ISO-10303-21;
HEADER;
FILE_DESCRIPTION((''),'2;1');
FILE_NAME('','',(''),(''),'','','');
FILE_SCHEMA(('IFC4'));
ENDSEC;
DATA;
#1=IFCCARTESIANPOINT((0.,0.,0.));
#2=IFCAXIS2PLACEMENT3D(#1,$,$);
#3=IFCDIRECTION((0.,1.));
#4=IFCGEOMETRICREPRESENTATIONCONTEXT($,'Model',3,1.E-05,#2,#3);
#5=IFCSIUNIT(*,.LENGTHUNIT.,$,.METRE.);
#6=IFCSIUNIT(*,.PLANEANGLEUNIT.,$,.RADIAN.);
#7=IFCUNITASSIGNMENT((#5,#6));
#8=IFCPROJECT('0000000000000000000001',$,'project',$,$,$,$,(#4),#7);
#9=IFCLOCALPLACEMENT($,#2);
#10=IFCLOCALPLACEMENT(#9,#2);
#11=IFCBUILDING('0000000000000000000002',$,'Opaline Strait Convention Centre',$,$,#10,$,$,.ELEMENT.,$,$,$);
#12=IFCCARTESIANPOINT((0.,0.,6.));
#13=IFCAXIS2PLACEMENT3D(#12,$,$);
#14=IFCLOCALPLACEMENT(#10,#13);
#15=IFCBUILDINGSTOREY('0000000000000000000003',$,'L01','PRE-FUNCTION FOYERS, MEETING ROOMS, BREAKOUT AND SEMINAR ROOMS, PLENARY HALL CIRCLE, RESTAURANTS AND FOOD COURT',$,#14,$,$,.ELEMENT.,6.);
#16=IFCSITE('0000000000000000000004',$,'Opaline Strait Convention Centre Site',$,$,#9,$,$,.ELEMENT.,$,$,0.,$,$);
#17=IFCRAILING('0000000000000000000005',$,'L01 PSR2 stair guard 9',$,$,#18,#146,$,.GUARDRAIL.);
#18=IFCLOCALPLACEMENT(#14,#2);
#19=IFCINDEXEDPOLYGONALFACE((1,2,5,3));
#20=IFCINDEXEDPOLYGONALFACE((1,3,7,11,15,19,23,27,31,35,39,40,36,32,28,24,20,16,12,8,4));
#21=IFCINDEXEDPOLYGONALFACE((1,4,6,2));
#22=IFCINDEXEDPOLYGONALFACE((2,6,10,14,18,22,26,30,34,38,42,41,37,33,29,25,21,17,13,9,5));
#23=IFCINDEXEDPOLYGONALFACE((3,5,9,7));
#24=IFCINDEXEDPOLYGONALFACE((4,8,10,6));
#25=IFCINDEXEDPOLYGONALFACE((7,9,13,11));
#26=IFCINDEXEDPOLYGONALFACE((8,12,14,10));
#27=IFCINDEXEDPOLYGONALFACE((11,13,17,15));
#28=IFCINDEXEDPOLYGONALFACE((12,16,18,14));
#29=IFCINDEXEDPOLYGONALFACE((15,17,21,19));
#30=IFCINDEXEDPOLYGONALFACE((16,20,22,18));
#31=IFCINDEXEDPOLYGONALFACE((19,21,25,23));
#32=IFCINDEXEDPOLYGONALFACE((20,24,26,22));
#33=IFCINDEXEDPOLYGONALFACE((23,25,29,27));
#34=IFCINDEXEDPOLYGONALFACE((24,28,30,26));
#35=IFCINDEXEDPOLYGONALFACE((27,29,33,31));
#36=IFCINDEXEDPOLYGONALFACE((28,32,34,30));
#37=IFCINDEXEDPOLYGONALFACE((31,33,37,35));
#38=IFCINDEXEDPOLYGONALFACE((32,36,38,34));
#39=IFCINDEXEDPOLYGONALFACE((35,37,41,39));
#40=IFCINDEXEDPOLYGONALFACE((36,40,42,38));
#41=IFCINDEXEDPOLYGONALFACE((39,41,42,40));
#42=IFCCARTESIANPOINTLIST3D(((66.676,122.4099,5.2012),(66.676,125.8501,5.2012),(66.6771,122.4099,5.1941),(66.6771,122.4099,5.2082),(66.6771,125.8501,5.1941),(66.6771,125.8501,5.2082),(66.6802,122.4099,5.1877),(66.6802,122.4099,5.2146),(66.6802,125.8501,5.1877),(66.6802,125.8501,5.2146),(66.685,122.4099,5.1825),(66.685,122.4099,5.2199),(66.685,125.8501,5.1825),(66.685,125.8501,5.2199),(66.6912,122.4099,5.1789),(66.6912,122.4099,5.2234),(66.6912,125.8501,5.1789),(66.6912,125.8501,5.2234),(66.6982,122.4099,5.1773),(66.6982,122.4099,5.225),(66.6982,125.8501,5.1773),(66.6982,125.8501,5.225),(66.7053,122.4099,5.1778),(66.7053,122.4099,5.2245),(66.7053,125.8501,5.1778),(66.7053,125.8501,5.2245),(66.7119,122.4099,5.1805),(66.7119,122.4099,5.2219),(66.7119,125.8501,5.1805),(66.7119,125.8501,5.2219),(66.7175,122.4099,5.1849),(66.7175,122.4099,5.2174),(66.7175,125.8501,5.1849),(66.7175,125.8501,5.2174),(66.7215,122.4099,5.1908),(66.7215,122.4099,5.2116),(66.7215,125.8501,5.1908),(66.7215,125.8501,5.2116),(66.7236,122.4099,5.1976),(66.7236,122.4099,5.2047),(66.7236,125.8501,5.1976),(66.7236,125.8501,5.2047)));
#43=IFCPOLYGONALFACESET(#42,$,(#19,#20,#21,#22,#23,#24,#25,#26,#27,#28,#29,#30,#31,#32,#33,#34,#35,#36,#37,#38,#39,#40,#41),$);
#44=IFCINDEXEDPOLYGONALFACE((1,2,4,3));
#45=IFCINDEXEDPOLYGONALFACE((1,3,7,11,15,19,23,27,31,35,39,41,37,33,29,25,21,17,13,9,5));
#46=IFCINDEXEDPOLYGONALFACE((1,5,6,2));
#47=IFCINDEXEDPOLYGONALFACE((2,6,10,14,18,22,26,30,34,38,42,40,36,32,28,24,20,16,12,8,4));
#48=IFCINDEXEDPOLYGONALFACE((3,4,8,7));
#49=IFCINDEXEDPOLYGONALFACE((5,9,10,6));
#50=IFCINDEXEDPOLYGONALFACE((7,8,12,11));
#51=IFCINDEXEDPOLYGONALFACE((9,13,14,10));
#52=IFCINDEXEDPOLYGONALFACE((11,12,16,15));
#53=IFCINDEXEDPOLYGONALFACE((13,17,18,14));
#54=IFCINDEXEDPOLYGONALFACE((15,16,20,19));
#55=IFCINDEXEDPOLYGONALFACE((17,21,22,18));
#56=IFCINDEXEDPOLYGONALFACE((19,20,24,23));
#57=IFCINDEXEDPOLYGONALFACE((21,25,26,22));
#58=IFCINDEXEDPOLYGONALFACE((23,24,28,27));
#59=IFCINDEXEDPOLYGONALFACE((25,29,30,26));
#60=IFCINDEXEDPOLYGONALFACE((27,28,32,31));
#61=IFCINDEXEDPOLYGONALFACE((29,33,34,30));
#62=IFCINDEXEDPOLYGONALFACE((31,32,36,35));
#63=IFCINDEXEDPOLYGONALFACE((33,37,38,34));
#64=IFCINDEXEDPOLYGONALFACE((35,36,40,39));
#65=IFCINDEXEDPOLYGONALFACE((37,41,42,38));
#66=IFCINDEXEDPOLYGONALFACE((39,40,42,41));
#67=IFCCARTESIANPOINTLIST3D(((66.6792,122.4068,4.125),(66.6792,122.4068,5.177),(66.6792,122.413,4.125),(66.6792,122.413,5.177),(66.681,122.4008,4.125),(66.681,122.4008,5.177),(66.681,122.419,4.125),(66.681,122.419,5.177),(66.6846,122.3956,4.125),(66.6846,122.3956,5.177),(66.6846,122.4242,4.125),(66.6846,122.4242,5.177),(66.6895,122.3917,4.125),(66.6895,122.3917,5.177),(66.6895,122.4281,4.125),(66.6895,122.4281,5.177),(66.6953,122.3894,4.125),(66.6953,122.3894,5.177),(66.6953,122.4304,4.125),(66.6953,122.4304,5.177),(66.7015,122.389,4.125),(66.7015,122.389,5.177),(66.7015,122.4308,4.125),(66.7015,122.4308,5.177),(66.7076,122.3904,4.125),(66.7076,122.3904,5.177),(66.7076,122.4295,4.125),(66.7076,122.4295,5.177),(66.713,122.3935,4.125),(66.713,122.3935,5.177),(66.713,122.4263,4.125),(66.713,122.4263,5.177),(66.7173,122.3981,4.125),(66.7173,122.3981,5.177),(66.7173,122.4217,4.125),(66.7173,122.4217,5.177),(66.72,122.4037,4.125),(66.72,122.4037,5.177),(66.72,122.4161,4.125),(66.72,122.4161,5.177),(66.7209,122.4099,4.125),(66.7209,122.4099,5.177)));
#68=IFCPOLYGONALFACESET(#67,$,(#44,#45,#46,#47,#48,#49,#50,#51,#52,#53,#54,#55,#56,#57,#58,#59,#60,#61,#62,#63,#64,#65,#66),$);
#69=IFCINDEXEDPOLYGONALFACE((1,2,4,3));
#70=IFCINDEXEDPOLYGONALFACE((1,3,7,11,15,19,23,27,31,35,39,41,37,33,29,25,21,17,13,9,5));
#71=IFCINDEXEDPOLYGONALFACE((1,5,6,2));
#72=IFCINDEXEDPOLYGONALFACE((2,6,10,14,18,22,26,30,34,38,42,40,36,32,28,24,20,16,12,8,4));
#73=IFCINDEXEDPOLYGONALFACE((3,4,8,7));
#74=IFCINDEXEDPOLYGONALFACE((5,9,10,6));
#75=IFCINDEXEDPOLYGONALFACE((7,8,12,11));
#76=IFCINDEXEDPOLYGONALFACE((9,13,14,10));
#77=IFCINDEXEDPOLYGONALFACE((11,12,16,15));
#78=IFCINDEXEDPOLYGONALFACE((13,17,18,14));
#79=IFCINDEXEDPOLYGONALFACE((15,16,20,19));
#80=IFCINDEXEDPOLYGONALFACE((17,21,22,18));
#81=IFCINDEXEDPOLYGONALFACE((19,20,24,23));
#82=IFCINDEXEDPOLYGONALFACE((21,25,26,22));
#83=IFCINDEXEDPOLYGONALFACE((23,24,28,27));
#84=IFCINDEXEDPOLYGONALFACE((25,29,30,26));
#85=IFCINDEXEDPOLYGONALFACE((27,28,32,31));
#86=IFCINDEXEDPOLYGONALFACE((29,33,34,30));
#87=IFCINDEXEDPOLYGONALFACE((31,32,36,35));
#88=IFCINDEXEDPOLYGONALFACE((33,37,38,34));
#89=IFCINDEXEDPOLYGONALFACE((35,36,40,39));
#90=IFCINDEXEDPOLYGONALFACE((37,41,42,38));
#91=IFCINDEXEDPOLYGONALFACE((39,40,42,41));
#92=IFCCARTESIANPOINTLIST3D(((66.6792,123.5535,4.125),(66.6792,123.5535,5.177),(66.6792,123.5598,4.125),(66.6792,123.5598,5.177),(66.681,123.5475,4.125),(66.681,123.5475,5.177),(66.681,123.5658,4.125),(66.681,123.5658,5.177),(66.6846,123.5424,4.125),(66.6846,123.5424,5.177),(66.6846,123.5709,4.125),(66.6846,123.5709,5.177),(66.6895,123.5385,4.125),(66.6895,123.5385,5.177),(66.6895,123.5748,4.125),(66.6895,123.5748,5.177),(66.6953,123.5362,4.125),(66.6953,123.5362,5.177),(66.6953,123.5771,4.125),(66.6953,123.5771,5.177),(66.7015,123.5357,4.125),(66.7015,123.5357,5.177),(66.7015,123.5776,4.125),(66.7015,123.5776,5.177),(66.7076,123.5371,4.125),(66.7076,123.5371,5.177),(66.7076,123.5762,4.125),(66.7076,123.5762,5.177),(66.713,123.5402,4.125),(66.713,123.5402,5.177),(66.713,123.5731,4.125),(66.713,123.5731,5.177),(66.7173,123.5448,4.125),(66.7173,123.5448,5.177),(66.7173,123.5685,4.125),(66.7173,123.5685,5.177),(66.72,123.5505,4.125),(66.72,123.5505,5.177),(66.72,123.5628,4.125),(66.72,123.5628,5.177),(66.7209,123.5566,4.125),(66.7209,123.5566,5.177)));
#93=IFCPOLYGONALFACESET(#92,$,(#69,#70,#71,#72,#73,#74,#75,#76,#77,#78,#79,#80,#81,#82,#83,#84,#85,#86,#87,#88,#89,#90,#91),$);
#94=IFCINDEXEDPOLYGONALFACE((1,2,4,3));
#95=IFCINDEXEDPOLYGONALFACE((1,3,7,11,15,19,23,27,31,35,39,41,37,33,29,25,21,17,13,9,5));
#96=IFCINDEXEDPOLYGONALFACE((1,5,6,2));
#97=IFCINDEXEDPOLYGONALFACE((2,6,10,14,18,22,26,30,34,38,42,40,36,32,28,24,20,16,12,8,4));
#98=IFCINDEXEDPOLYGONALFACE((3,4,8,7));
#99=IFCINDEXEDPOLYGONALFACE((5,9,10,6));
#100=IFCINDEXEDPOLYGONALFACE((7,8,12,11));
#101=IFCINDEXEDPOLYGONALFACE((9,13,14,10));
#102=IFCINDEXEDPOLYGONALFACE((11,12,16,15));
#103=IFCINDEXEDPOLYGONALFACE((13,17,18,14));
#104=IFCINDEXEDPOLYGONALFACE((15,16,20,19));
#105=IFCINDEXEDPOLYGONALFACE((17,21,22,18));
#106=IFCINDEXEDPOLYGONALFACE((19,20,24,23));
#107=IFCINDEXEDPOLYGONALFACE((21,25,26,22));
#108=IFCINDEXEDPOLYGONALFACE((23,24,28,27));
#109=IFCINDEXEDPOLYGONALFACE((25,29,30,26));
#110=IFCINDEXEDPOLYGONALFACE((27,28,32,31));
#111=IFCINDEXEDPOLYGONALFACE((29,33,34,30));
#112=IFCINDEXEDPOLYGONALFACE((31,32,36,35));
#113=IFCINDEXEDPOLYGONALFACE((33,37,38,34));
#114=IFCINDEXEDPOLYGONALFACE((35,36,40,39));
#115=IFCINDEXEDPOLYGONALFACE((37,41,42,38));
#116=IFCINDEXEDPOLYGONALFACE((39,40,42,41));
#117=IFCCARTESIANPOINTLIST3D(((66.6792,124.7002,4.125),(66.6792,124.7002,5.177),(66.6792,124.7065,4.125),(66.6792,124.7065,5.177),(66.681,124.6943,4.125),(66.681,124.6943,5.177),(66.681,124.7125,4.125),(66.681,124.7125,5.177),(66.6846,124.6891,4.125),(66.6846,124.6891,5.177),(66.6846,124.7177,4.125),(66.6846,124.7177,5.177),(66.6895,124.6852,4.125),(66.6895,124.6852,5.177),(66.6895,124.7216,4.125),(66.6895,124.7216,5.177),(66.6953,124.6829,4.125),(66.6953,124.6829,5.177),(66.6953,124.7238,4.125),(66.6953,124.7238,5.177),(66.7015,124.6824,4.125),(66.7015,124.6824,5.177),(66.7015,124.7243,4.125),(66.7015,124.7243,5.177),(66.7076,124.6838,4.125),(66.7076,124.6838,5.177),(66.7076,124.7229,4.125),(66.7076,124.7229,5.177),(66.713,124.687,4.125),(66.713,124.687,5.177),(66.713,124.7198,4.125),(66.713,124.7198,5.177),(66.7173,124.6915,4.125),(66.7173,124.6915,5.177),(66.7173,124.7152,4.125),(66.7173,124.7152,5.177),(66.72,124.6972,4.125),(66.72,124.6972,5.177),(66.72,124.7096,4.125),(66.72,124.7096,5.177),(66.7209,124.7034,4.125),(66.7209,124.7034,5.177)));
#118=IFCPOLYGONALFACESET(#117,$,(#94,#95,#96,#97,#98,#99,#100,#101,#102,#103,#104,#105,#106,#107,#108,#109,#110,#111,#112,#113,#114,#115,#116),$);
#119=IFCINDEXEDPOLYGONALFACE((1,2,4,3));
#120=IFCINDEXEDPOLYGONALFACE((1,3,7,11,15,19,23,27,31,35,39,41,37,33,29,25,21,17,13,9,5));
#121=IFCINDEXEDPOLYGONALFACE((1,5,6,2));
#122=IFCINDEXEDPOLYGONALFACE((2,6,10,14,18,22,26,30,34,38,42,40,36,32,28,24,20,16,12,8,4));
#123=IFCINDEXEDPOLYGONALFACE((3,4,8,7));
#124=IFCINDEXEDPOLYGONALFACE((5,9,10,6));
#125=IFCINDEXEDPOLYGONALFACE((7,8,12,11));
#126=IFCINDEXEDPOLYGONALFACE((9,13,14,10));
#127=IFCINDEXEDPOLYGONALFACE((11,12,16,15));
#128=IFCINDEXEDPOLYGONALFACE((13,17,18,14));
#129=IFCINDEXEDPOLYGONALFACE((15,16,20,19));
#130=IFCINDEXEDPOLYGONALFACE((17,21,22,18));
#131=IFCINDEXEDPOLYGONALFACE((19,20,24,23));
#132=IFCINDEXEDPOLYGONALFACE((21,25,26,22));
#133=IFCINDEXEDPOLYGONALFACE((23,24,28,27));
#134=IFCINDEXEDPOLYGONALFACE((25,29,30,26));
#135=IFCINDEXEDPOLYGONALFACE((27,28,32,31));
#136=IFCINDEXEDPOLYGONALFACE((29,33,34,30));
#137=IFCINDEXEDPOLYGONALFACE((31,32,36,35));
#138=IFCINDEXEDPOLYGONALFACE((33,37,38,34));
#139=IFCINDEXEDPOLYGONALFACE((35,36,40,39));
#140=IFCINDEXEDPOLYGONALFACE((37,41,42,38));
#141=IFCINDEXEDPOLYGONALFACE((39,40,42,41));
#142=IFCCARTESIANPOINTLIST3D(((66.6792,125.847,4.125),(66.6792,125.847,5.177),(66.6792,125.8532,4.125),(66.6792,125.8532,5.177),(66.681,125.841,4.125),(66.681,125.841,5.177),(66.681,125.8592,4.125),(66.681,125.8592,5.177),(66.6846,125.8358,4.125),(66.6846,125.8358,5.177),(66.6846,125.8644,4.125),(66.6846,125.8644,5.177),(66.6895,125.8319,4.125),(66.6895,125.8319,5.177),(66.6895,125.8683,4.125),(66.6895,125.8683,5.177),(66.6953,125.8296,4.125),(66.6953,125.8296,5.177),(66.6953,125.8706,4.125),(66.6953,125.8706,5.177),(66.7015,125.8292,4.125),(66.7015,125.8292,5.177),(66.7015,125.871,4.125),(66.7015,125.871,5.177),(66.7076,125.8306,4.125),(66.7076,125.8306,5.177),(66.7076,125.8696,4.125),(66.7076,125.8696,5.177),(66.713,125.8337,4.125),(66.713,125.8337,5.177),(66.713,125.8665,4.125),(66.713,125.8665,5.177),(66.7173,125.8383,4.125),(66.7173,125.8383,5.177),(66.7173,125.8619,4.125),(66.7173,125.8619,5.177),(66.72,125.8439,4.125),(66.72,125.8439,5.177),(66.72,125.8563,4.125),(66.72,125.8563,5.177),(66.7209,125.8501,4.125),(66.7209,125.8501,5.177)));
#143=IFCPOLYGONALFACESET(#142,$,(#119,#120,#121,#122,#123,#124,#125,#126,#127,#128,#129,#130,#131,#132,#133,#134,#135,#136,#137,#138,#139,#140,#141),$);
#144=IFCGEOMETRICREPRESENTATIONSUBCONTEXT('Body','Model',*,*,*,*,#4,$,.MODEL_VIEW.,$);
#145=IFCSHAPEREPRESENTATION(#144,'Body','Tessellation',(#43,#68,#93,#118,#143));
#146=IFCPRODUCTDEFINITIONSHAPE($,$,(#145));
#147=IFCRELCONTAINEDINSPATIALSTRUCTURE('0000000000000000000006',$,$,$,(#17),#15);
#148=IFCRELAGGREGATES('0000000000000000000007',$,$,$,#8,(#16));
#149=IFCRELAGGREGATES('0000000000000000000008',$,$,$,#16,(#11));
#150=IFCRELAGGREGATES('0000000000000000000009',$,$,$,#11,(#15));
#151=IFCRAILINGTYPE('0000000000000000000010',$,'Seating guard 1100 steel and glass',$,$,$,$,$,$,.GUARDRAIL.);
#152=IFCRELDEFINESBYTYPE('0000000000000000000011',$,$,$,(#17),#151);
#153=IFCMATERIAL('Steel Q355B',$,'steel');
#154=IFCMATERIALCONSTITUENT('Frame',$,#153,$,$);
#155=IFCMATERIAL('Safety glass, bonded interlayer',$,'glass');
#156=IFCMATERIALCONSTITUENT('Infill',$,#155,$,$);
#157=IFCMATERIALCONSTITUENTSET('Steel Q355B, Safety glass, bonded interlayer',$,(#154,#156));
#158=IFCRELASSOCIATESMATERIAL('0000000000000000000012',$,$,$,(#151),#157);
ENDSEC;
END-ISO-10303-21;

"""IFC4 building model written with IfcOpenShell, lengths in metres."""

from ifc_helpers import new_model, si_unit, direction, frame, origin, origin_2d, place, context, subcontext, project, spatial, circle, extrude, material, constituent, constituent_set, type_object, element, save


model = new_model("IFC4")

# Units and contexts
model_context = context("Model", 3, precision=1e-05, world=origin(), true_north=direction((0.0, 1.0)))
body_context = subcontext(model_context, "Body", "Model", "MODEL_VIEW")
ifc_project = project(units=[si_unit("LENGTHUNIT", "METRE"), si_unit("PLANEANGLEUNIT", "RADIAN")], contexts=[model_context])

# Site, building, storey
site_placement = place(None, origin())
site = spatial("IfcSite", under=ifc_project, at=site_placement, Name="Opaline Strait Convention Centre Site", CompositionType="ELEMENT", RefElevation=0.0)
building_placement = place(site_placement, origin())
building = spatial("IfcBuilding", under=site, at=building_placement, Name="Opaline Strait Convention Centre", CompositionType="ELEMENT")
storey_placement = place(building_placement, frame((0.0, 0.0, 6.0)))
storey = spatial("IfcBuildingStorey", under=building, at=storey_placement, Name="L01", Description="PRE-FUNCTION FOYERS, MEETING ROOMS, BREAKOUT AND SEMINAR ROOMS, PLENARY HALL CIRCLE, RESTAURANTS AND FOOD COURT", CompositionType="ELEMENT", Elevation=6.0)

# Railing
ifc_material_1 = material(Name="Steel Q355B", Category="steel")
ifc_constituent_1 = constituent(ifc_material_1, Name="Frame")
ifc_material_2 = material(Name="Safety glass, bonded interlayer", Category="glass")
ifc_constituent_2 = constituent(ifc_material_2, Name="Infill")
ifc_constituent_set_1 = constituent_set(constituents=[ifc_constituent_1, ifc_constituent_2], Name="Steel Q355B, Safety glass, bonded interlayer")
railing_type_1 = type_object("IfcRailingType", Name="Seating guard 1100 steel and glass", PredefinedType="GUARDRAIL", material=ifc_constituent_set_1)
railing_1_placement = place(storey_placement, frame((66.7, 122.4099, 4.125)))
element("IfcRailing", 1, at=railing_1_placement, inside=storey, type_object=railing_type_1, Name="L01 PSR2 stair guard 9", PredefinedType="GUARDRAIL", context=body_context, shape_type="SweptSolid", body=[
    extrude(circle(Radius=0.0239, at=origin_2d()), frame((0.0, 0.0, 1.0762), z_axis=(0.0, 1.0, 0.0), x_axis=(-1.0, 0.0, 0.0)), (0.0, 0.0, 1.0), 3.4402),
    extrude(circle(Radius=0.021, at=origin_2d()), origin(), (0.0, 0.0, 1.0), 1.052),
    extrude(circle(Radius=0.021, at=origin_2d()), frame((0.0, 1.1467, 0.0)), (0.0, 0.0, 1.0), 1.052),
    extrude(circle(Radius=0.021, at=origin_2d()), frame((0.0, 2.2935, 0.0)), (0.0, 0.0, 1.0), 1.052),
    extrude(circle(Radius=0.021, at=origin_2d()), frame((0.0, 3.4402, 0.0)), (0.0, 0.0, 1.0), 1.052),
])

save(model, "model.ifc")
